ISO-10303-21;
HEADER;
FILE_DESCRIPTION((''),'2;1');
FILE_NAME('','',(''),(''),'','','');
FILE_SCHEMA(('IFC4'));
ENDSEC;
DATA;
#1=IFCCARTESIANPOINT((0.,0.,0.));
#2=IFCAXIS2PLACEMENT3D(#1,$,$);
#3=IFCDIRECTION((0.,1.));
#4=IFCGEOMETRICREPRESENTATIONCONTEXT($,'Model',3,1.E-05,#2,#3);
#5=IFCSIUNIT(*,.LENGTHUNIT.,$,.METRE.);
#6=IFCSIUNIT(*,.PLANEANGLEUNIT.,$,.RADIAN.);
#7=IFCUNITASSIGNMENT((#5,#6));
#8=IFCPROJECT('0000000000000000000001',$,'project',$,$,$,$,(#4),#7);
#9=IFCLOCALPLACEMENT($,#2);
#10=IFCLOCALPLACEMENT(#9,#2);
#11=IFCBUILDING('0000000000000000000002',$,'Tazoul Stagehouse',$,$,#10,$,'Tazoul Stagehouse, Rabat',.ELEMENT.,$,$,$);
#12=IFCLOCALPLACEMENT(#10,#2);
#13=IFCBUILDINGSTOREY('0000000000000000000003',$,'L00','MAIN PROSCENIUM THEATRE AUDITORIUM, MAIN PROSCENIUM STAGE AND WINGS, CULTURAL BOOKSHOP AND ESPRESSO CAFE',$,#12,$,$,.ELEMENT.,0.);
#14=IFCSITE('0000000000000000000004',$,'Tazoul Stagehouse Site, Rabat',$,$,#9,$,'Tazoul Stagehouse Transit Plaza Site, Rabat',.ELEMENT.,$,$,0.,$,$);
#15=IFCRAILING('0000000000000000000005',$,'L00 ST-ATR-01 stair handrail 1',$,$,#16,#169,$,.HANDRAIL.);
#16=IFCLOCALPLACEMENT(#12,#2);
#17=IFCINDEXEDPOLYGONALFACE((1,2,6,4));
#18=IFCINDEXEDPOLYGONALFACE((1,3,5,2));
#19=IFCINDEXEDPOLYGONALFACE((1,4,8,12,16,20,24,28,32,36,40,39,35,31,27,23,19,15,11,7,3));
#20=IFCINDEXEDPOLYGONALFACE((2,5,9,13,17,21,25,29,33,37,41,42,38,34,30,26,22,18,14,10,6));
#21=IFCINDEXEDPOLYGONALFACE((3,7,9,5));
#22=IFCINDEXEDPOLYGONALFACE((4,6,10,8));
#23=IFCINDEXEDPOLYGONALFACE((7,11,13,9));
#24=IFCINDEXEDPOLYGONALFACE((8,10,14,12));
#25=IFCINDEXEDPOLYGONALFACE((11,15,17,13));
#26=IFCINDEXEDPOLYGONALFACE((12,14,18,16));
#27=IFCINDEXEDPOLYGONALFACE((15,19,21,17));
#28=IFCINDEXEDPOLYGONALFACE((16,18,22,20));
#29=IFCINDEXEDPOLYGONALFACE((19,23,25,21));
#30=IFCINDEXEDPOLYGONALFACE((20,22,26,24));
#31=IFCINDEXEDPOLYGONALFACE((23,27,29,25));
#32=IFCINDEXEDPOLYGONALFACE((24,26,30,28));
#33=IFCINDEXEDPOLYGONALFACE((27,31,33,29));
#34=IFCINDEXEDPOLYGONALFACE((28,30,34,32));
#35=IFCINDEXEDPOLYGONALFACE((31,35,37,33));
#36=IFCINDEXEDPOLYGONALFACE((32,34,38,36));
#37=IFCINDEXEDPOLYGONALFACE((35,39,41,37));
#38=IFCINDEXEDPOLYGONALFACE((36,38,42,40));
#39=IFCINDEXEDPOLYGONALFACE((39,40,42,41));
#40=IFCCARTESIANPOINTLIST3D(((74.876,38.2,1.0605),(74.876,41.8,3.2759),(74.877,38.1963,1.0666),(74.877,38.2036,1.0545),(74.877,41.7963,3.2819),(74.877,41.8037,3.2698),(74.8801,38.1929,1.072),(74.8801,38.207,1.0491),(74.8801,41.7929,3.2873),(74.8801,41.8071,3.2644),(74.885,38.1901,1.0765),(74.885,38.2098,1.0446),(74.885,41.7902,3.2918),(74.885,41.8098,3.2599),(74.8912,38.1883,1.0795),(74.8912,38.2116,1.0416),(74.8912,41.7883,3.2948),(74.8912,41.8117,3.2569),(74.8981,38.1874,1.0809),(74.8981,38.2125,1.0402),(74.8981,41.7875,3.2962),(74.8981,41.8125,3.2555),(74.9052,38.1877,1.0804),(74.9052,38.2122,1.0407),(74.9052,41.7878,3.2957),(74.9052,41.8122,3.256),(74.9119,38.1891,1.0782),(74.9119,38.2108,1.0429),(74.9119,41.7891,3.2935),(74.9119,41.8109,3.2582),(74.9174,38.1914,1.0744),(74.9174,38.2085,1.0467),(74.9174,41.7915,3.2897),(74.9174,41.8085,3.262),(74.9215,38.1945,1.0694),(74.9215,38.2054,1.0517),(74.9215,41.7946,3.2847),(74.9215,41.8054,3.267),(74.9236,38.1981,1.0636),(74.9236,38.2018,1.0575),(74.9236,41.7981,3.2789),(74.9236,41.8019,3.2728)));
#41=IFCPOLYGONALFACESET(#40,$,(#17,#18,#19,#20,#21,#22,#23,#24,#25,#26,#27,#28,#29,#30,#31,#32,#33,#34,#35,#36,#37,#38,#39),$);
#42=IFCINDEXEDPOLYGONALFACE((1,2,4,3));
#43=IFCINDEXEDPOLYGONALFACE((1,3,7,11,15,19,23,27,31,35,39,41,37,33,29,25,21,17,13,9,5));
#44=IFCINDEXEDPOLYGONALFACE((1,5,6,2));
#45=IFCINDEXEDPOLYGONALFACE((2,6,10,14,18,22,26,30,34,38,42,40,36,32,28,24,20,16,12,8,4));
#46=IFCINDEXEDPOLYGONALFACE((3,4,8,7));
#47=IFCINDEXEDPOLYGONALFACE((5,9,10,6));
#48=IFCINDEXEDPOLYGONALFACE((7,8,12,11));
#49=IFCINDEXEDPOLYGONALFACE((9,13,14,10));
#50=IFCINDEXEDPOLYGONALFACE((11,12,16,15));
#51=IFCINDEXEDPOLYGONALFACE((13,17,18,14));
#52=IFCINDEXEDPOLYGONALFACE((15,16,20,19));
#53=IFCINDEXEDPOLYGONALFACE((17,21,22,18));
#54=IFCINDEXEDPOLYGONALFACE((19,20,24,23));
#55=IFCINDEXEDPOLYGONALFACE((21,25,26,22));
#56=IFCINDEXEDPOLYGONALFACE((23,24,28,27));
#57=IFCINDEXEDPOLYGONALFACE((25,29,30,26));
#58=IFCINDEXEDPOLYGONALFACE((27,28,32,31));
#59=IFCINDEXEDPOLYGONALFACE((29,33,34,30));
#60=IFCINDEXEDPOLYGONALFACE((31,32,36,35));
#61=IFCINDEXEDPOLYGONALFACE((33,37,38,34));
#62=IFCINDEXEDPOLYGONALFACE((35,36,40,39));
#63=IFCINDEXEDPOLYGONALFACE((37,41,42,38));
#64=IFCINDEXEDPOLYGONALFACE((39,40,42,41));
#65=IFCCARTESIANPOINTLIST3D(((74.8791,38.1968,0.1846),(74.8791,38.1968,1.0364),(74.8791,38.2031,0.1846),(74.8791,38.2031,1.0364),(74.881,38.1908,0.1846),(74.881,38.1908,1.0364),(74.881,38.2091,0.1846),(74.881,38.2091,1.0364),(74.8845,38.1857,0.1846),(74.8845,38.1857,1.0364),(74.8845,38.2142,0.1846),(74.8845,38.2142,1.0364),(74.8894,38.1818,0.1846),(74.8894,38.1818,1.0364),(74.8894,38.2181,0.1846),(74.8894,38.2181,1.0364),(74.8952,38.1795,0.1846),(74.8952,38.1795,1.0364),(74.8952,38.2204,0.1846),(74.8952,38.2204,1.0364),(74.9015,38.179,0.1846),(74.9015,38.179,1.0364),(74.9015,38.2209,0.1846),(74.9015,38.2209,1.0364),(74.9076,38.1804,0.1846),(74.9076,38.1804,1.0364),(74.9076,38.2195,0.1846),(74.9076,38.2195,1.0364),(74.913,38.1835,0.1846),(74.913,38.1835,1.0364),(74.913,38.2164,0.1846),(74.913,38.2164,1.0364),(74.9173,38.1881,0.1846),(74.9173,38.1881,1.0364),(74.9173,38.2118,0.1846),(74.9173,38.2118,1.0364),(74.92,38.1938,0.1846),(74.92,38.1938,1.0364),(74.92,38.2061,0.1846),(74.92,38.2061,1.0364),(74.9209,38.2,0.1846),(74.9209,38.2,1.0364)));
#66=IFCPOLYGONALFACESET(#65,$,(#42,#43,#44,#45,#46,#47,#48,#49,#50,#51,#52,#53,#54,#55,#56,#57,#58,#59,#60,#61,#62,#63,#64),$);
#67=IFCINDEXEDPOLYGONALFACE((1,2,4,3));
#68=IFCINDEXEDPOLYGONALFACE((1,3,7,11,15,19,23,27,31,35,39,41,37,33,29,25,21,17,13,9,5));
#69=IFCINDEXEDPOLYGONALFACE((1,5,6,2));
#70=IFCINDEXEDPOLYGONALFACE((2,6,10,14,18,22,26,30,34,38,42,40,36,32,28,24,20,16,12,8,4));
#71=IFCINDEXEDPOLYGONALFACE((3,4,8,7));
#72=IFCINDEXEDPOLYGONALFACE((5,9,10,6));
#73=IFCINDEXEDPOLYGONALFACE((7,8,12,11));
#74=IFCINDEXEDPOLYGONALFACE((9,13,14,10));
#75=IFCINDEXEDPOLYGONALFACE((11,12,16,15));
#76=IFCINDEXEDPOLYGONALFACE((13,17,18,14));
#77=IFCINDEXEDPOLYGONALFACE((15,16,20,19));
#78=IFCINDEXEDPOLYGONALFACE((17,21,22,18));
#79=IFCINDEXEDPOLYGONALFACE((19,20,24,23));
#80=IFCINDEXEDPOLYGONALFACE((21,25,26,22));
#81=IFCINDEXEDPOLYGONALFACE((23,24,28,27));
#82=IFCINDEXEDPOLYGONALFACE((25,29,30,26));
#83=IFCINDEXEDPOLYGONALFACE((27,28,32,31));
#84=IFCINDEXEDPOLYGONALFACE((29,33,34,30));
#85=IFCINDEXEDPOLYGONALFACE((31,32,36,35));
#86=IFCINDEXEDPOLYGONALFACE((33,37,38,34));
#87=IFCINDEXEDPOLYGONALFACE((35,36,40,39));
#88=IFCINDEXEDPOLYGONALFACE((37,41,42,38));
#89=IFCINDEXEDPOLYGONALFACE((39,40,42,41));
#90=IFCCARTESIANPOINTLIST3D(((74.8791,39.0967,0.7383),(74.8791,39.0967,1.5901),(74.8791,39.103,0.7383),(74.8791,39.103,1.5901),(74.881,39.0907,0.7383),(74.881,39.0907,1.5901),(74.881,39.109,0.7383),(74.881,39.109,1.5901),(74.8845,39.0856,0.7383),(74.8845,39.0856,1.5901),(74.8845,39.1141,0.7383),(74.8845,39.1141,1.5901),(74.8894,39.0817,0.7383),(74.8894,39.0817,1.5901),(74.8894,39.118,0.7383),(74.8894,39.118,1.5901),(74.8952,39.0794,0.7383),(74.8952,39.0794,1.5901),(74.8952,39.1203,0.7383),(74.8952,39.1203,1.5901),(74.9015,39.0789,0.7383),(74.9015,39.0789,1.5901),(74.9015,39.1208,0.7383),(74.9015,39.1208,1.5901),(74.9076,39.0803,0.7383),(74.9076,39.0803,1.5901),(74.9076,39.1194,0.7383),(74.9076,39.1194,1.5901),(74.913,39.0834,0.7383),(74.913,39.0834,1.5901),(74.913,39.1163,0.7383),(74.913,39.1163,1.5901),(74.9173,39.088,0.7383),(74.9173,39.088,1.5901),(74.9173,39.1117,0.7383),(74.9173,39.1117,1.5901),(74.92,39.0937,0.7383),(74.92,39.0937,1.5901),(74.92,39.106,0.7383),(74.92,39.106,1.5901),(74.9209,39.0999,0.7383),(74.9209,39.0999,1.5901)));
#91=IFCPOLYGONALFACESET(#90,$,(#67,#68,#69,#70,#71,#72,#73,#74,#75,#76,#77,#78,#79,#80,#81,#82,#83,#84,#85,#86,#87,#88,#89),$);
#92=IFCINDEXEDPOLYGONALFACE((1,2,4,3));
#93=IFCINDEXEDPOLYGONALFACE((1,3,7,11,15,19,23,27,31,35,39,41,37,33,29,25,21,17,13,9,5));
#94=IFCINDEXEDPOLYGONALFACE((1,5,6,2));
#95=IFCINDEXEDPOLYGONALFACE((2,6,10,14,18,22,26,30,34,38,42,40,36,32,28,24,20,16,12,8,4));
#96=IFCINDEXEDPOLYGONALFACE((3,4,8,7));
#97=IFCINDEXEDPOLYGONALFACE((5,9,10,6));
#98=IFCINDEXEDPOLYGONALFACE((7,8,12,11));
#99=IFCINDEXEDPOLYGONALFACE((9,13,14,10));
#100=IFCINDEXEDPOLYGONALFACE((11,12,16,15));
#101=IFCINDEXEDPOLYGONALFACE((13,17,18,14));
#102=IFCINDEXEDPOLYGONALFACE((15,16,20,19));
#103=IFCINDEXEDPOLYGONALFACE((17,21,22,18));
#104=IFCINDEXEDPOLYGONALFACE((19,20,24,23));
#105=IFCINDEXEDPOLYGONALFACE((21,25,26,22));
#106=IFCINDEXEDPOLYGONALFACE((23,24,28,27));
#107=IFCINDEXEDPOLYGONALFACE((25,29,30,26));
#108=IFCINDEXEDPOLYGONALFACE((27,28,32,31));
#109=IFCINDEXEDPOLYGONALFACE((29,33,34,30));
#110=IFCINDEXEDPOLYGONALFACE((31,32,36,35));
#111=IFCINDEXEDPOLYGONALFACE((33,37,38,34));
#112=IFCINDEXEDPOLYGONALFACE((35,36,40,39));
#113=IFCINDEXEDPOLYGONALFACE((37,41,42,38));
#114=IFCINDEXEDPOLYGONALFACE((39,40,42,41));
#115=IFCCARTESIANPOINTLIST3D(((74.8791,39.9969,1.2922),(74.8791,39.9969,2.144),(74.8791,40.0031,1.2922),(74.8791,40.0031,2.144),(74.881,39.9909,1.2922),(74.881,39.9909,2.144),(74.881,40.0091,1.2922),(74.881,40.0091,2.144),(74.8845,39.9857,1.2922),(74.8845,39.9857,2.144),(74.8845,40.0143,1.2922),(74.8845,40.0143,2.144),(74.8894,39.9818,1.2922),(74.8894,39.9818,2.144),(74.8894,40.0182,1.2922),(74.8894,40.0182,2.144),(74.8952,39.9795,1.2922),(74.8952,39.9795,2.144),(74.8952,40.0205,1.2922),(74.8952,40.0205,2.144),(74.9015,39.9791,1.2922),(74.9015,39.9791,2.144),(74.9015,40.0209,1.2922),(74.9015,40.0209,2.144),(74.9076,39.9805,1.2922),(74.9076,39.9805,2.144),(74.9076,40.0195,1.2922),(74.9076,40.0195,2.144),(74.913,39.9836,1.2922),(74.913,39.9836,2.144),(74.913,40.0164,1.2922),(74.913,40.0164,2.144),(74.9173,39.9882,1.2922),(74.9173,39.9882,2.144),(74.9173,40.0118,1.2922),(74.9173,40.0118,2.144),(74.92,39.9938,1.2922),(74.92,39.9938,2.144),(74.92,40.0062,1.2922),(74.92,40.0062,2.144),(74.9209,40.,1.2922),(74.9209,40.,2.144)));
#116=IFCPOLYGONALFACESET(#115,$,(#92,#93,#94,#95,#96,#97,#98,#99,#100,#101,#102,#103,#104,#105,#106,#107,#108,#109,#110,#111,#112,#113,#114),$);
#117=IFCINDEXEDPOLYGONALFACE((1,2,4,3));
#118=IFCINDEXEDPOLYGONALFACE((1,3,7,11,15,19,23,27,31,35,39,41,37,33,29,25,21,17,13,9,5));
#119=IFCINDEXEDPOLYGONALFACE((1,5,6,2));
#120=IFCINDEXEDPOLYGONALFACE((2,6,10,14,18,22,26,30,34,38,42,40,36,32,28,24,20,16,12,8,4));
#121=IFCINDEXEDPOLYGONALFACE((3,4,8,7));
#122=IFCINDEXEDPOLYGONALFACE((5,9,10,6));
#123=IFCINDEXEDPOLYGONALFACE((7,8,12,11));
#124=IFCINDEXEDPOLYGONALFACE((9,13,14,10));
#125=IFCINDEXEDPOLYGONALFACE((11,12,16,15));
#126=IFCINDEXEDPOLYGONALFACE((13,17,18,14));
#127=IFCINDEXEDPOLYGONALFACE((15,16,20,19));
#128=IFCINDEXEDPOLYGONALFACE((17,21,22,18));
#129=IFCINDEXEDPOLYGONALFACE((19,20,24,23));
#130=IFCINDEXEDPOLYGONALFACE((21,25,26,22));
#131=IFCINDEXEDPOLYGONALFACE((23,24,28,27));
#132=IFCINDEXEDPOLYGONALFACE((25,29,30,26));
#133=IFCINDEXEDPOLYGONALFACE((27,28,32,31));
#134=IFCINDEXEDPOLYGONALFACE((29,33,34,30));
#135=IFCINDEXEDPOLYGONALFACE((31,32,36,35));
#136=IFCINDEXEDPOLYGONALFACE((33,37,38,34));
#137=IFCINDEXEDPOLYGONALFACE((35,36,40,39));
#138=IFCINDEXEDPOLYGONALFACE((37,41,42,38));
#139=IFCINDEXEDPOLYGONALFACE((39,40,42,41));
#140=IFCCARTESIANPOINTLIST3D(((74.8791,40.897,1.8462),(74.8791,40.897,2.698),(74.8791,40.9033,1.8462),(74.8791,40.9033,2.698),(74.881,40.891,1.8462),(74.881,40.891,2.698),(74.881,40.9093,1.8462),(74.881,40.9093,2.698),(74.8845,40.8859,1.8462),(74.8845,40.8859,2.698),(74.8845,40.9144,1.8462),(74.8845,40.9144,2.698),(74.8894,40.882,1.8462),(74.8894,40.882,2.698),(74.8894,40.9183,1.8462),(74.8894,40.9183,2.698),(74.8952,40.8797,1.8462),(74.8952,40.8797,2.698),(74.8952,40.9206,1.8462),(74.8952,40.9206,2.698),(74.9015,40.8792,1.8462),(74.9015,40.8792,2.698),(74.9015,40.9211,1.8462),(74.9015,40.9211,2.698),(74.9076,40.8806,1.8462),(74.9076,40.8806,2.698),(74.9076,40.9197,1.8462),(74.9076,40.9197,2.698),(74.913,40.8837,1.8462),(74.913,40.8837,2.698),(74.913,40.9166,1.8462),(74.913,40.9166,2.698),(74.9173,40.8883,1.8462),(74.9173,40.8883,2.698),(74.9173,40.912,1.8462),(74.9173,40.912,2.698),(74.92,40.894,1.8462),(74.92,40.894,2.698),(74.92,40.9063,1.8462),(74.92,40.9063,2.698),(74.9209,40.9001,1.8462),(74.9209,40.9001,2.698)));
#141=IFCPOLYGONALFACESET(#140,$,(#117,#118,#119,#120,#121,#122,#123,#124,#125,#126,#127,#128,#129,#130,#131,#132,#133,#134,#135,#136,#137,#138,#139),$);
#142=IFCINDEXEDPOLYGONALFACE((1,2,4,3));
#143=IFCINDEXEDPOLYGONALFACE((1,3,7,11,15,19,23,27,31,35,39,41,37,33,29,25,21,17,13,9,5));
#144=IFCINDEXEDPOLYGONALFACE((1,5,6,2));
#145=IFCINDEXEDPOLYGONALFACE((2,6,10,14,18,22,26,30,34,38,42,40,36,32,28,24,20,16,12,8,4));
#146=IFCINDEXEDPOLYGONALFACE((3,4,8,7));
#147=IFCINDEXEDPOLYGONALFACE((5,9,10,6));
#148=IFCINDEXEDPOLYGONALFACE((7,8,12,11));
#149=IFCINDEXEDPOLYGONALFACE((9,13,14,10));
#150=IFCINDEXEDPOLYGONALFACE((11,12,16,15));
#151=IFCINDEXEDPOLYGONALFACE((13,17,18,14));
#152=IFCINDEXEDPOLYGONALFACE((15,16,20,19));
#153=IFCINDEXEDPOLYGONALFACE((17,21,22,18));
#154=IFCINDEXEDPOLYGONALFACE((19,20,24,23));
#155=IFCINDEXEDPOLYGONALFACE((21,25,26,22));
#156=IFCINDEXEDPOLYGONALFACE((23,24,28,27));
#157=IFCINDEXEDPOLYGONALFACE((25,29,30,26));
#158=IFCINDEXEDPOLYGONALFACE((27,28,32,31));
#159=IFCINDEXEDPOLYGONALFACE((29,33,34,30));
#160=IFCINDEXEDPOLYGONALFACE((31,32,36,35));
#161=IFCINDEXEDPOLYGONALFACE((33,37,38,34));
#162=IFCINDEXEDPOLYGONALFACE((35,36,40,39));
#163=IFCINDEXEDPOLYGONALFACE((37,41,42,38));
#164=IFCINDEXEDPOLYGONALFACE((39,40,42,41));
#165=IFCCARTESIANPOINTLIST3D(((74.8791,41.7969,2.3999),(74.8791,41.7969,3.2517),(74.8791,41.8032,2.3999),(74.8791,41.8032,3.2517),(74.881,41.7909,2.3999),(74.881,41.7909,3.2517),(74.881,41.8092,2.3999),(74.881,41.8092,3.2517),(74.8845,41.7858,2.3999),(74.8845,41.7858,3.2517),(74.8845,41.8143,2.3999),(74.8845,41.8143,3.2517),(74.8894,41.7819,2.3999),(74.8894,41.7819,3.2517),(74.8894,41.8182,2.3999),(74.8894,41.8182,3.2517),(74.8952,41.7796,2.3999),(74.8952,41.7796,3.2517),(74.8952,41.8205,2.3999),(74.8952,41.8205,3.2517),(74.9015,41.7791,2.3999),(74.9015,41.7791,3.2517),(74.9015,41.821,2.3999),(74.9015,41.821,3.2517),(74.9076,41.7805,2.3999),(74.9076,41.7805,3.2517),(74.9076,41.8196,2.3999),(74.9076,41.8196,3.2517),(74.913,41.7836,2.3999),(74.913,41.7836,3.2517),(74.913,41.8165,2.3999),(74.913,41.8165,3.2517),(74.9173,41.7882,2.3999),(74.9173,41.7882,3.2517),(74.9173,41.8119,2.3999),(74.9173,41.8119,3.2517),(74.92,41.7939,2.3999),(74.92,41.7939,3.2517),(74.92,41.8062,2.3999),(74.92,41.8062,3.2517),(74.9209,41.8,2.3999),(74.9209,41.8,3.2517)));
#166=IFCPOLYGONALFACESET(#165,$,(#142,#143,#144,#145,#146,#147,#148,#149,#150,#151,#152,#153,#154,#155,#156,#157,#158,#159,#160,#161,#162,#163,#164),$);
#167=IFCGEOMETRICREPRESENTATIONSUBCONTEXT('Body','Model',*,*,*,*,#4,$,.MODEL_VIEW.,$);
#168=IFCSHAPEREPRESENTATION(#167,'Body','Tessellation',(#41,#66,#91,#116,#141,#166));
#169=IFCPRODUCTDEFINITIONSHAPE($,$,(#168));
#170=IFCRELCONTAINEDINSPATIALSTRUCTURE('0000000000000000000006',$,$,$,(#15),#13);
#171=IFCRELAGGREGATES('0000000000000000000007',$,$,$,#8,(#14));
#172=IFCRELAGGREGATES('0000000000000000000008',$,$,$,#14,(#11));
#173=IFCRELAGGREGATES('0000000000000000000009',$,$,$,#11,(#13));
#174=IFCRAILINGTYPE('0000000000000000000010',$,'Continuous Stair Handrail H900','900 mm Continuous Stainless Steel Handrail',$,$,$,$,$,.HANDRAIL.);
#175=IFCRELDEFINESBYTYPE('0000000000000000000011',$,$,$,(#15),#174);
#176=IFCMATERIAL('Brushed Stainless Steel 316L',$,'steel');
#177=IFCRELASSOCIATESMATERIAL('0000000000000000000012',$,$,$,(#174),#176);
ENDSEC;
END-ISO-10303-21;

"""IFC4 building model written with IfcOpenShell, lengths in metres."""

from ifc_helpers import new_model, si_unit, direction, frame, origin, origin_2d, place, context, subcontext, project, spatial, circle, extrude, material, material_profile, profile_set, type_object, element, save


model = new_model("IFC4")

# Units and contexts
model_context = context("Model", 3, precision=1e-05, world=origin(), true_north=direction((0.0, 1.0)))
body_context = subcontext(model_context, "Body", "Model", "MODEL_VIEW")
ifc_project = project(units=[si_unit("LENGTHUNIT", "METRE"), si_unit("PLANEANGLEUNIT", "RADIAN")], contexts=[model_context])

# Site, building, storey
site_placement = place(None, origin())
site = spatial("IfcSite", under=ifc_project, at=site_placement, Name="Tazoul Stagehouse Site, Rabat", LongName="Tazoul Stagehouse Transit Plaza Site, Rabat", CompositionType="ELEMENT", RefElevation=0.0)
building_placement = place(site_placement, origin())
building = spatial("IfcBuilding", under=site, at=building_placement, Name="Tazoul Stagehouse", LongName="Tazoul Stagehouse, Rabat", CompositionType="ELEMENT")
storey_placement = place(building_placement, origin())
storey = spatial("IfcBuildingStorey", under=building, at=storey_placement, Name="L00", Description="MAIN PROSCENIUM THEATRE AUDITORIUM, MAIN PROSCENIUM STAGE AND WINGS, CULTURAL BOOKSHOP AND ESPRESSO CAFE", CompositionType="ELEMENT", Elevation=0.0)

# Railing
ifc_material_1 = material(Name="Brushed Stainless Steel 316L", Category="steel")
ifc_material_profile_1 = material_profile(ifc_material_1, circle(Radius=0.021, at=origin_2d()), Name="SS HANDRAIL D42")
ifc_profile_set_1 = profile_set([ifc_material_profile_1], Name="Brushed Stainless Steel 316L")
railing_type_1 = type_object("IfcRailingType", Name="Continuous Stair Handrail H900", Description="900 mm Continuous Stainless Steel Handrail", PredefinedType="HANDRAIL", material=ifc_profile_set_1)
railing_1_placement = place(storey_placement, frame((74.8999, 38.2, 0.1846)))
element("IfcRailing", 1, at=railing_1_placement, inside=storey, type_object=railing_type_1, Name="L00 ST-ATR-01 stair handrail 1", PredefinedType="HANDRAIL", context=body_context, shape_type="SweptSolid", body=[
    extrude(circle(Radius=0.0239, at=origin_2d()), frame((0.0, 0.0, 0.876), z_axis=(0.0, 0.85167, 0.524078), x_axis=(-1.0, 0.0, 0.0)), (0.0, 0.0, 1.0), 4.2271),
    extrude(circle(Radius=0.021, at=origin_2d()), origin(), (0.0, 0.0, 1.0), 0.8518),
    extrude(circle(Radius=0.021, at=origin_2d()), frame((0.0, 0.8999, 0.5537)), (0.0, 0.0, 1.0), 0.8518),
    extrude(circle(Radius=0.021, at=origin_2d()), frame((0.0, 1.8, 1.1077)), (0.0, 0.0, 1.0), 0.8518),
    extrude(circle(Radius=0.021, at=origin_2d()), frame((0.0, 2.7002, 1.6616)), (0.0, 0.0, 1.0), 0.8518),
    extrude(circle(Radius=0.021, at=origin_2d()), frame((0.0, 3.6001, 2.2153)), (0.0, 0.0, 1.0), 0.8518),
])

save(model, "model.ifc")
